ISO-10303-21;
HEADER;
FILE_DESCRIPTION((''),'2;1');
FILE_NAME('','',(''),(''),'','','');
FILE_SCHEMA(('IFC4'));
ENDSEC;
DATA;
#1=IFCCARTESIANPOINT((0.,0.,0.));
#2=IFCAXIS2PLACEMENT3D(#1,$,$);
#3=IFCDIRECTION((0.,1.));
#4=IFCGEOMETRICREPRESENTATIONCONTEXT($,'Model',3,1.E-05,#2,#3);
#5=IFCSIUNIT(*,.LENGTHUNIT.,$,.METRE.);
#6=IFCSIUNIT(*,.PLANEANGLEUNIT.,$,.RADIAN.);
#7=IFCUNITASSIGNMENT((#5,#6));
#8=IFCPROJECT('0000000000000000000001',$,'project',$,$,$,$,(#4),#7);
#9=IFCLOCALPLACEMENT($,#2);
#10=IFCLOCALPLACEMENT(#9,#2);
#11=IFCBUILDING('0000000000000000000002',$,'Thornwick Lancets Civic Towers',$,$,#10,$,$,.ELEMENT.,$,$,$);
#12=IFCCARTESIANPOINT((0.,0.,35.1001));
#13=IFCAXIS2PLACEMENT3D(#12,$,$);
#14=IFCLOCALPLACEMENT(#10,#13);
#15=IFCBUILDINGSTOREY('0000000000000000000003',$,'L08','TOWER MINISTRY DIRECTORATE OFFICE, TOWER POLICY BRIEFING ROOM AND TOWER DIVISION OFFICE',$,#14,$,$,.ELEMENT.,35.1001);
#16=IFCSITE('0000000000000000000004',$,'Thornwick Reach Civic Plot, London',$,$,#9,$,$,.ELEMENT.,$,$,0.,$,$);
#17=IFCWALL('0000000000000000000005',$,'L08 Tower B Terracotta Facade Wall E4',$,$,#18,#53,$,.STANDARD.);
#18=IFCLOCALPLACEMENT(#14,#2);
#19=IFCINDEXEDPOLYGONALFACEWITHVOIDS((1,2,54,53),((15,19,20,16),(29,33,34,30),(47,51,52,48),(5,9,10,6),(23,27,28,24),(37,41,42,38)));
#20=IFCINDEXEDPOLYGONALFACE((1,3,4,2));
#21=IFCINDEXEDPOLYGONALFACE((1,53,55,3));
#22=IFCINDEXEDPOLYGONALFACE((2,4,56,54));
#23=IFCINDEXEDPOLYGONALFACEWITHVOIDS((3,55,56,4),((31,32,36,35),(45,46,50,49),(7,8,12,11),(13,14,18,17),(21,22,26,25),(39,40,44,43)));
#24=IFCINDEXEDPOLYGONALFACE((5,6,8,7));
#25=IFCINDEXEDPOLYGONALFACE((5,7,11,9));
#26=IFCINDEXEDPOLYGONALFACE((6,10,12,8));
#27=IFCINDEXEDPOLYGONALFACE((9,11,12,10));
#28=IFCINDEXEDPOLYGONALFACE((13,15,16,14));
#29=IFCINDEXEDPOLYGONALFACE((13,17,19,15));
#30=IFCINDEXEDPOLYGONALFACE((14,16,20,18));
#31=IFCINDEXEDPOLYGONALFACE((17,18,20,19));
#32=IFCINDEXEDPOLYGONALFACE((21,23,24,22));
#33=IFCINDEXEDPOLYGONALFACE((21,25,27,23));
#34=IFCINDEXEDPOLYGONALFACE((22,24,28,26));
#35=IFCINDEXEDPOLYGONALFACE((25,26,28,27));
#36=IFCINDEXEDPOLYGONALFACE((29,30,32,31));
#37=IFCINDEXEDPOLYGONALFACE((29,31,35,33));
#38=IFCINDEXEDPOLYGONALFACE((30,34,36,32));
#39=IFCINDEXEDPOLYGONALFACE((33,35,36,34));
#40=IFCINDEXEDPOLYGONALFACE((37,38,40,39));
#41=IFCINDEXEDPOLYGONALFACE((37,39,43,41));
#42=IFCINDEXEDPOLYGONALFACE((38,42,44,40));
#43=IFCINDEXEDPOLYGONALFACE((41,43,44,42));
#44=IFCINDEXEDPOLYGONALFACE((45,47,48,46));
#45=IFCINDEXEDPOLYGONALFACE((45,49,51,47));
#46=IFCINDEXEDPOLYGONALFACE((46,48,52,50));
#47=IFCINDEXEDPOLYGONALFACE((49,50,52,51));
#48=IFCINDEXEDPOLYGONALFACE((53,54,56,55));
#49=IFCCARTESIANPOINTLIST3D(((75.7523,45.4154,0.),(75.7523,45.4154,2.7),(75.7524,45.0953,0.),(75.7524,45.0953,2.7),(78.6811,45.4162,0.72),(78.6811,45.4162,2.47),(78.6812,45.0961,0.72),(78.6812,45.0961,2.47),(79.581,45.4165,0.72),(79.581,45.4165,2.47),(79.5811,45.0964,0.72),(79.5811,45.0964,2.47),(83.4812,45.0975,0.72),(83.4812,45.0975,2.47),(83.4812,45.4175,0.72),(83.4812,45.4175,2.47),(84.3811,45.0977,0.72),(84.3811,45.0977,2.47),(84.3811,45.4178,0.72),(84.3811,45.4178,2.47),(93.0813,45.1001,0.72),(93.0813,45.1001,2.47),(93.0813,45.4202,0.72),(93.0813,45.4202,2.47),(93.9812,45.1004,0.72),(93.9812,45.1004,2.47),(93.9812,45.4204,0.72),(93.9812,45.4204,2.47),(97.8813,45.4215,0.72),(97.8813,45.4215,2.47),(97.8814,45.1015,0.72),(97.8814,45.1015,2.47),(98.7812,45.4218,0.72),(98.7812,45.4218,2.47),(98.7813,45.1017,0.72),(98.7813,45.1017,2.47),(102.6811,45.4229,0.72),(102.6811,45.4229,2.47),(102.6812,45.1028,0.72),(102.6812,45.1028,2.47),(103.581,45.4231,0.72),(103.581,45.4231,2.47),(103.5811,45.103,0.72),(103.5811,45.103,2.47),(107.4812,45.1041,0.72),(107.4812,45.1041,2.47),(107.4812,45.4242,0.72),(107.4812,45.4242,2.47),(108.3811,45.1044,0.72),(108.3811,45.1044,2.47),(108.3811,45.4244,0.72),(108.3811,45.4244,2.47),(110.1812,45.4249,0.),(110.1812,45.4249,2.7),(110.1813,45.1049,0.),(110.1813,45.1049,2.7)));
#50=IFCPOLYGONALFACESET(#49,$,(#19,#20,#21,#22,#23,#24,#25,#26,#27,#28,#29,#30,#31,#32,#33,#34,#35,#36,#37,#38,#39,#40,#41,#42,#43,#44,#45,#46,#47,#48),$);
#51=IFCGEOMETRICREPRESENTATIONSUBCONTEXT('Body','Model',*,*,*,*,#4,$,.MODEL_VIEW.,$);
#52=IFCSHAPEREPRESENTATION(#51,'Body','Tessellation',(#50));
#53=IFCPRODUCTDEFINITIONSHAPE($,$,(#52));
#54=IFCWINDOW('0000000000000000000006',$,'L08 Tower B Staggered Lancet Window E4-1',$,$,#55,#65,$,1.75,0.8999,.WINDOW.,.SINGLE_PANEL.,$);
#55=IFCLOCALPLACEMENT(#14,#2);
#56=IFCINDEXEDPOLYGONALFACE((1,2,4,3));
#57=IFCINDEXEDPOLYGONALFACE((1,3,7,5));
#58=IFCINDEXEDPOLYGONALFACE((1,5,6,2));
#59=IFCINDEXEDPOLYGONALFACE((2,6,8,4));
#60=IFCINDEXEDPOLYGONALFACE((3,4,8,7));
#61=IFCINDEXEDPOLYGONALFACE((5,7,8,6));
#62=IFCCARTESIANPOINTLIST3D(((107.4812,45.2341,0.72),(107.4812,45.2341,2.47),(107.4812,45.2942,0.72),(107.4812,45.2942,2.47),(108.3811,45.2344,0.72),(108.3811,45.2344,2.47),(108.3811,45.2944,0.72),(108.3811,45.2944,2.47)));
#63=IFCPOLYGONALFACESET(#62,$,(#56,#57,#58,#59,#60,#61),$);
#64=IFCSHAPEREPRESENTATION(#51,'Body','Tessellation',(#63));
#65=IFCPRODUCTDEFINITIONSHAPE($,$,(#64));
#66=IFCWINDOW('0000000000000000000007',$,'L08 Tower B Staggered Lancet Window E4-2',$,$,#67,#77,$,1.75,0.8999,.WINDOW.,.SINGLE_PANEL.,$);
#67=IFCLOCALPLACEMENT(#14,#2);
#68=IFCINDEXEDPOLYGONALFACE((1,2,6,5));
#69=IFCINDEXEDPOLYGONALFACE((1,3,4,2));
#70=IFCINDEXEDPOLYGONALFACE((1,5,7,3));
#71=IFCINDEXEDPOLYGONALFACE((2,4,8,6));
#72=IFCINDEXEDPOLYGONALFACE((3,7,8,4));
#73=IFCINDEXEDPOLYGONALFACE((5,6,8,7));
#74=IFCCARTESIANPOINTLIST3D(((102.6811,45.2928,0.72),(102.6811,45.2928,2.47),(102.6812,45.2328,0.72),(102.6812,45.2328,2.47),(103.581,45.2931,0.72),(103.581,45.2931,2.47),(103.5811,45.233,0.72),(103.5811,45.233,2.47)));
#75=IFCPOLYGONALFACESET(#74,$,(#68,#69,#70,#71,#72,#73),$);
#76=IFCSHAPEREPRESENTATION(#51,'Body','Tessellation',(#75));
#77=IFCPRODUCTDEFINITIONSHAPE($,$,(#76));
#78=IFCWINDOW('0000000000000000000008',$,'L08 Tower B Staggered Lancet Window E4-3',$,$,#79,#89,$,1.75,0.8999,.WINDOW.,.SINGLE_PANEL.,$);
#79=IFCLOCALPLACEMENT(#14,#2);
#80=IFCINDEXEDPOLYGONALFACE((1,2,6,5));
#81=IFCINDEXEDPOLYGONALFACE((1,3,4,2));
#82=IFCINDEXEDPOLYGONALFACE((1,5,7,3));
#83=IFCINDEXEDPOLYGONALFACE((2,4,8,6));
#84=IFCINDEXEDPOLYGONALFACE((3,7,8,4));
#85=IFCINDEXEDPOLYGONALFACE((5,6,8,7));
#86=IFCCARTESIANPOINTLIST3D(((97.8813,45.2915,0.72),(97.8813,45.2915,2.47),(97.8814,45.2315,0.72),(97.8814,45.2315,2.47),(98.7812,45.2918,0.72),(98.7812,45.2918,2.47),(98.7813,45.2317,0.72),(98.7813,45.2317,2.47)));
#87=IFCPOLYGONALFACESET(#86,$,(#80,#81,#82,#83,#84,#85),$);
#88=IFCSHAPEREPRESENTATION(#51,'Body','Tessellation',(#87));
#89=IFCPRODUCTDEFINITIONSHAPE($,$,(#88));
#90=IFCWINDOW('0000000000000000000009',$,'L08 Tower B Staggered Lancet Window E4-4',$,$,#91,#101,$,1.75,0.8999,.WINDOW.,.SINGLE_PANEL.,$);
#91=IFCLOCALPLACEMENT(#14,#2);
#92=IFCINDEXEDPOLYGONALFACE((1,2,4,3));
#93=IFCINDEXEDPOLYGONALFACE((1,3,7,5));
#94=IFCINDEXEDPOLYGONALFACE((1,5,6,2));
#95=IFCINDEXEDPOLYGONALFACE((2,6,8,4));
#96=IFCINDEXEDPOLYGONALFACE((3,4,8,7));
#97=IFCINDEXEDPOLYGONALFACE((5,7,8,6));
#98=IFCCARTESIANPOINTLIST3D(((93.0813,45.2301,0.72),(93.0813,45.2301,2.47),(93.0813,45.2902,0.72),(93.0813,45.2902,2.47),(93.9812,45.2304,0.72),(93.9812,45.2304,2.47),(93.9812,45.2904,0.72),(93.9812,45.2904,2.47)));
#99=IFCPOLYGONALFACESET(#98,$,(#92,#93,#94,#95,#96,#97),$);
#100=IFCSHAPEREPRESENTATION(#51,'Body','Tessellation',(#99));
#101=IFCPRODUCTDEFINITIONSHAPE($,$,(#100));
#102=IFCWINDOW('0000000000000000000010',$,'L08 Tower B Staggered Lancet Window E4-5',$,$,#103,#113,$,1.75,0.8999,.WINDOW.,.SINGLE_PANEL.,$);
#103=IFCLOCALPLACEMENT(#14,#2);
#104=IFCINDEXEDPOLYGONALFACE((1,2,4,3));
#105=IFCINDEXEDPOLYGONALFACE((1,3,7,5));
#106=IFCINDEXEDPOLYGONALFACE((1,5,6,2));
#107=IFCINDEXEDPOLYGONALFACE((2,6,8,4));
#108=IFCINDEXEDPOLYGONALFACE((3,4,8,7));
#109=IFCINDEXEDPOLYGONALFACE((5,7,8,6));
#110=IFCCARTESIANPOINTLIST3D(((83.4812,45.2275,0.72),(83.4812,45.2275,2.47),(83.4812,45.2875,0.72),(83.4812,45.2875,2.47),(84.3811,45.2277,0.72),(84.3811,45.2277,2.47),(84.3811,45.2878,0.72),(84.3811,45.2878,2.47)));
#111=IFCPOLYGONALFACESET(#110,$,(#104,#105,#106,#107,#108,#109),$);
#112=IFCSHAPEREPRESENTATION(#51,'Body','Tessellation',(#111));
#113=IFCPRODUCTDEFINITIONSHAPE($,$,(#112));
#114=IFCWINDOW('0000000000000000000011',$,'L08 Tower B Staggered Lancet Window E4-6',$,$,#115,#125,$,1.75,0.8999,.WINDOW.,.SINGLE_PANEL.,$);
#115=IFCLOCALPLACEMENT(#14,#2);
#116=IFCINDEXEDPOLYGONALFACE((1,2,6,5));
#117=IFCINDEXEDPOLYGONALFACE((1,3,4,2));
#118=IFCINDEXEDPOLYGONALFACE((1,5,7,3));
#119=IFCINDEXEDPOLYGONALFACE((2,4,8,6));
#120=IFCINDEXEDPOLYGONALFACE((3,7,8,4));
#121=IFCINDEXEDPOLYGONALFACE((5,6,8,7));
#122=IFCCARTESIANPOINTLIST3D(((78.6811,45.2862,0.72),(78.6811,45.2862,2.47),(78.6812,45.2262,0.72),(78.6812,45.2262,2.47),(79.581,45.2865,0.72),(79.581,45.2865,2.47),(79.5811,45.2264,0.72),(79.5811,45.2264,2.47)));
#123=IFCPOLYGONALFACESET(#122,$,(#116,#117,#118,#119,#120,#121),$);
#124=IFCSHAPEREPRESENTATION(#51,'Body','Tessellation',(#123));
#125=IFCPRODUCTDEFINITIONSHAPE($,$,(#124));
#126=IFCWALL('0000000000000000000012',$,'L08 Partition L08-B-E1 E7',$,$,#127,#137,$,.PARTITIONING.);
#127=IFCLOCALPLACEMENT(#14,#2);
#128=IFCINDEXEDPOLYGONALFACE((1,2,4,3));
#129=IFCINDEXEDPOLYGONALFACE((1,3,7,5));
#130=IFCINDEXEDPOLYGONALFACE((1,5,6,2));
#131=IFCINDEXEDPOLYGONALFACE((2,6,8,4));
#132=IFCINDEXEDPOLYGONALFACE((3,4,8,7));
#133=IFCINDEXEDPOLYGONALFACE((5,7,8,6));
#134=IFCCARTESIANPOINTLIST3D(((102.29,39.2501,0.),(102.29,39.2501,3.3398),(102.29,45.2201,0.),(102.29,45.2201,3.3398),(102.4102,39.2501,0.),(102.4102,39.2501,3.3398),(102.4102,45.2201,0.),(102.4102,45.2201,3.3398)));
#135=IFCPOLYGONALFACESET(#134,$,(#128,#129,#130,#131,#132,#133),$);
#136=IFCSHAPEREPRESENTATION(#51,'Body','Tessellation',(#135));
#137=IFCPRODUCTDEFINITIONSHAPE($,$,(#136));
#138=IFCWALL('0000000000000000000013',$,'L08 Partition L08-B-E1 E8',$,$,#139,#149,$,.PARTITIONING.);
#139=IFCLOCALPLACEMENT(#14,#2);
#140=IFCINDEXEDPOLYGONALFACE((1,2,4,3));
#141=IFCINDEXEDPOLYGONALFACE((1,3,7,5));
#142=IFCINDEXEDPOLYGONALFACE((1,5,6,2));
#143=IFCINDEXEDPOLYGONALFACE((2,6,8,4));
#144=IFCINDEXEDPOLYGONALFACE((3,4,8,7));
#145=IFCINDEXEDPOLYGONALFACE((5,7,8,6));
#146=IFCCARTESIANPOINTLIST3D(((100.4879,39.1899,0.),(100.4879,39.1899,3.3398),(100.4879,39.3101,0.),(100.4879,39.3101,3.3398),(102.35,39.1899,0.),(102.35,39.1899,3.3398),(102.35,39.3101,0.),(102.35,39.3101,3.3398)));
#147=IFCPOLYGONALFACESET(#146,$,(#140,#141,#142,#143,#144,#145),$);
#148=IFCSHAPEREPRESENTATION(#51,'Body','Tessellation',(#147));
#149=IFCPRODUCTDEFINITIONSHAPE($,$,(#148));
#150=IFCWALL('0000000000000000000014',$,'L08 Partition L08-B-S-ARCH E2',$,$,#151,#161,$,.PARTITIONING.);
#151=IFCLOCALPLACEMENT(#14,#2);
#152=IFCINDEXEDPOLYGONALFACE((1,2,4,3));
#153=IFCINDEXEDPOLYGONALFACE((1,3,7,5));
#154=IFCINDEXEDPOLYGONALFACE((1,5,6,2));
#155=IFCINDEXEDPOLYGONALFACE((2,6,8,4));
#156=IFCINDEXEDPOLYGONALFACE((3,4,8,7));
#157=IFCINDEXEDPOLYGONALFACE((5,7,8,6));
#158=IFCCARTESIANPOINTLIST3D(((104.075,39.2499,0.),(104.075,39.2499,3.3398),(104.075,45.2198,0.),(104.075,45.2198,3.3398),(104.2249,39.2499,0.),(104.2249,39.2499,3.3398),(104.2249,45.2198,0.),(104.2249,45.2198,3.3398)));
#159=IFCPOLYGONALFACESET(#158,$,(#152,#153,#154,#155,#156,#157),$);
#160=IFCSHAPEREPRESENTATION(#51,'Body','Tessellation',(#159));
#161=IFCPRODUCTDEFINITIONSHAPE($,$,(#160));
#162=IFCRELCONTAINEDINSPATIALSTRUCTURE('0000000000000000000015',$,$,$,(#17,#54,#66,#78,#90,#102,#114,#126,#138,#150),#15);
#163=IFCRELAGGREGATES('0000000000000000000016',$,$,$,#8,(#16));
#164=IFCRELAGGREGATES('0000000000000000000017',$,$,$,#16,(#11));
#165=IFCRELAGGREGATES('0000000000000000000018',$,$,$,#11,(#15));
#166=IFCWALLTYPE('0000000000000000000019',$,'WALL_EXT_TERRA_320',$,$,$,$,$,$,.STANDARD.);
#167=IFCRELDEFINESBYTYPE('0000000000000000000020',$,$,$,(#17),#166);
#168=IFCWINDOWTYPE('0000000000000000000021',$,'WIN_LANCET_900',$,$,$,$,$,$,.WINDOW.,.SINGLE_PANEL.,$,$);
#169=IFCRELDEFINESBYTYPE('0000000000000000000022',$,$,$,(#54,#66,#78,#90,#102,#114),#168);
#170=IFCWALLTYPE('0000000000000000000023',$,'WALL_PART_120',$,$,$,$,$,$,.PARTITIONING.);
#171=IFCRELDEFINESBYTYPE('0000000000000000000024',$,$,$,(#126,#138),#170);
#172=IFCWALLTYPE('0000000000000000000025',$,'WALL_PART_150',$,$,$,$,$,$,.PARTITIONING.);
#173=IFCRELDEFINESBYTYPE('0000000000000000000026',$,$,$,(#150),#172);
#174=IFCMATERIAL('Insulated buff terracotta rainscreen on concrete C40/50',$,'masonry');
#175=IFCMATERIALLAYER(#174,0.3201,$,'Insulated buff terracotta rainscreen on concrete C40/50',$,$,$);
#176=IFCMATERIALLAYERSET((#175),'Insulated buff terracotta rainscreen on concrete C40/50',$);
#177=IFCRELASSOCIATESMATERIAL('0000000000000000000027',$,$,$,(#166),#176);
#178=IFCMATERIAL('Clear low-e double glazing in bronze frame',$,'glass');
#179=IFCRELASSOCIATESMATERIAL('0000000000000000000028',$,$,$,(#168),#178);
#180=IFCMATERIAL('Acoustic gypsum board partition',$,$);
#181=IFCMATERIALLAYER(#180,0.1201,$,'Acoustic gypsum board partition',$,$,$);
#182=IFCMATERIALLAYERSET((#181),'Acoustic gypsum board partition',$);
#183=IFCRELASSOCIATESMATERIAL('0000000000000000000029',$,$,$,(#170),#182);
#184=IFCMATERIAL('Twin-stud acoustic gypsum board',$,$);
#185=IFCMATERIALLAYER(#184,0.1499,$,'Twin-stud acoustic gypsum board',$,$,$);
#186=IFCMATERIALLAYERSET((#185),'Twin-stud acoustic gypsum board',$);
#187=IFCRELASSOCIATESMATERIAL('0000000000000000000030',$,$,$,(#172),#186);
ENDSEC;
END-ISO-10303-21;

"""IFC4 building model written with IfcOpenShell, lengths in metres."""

from ifc_helpers import new_model, si_unit, direction, frame, frame_2d, origin, place, context, subcontext, project, spatial, rectangle, extrude, material, layer, layer_set, type_object, element, fill, save


model = new_model("IFC4")

# Units and contexts
model_context = context("Model", 3, precision=1e-05, world=origin(), true_north=direction((0.0, 1.0)))
body_context = subcontext(model_context, "Body", "Model", "MODEL_VIEW")
ifc_project = project(units=[si_unit("LENGTHUNIT", "METRE"), si_unit("PLANEANGLEUNIT", "RADIAN")], contexts=[model_context])

# Site, building, storey
site_placement = place(None, origin())
site = spatial("IfcSite", under=ifc_project, at=site_placement, Name="Thornwick Reach Civic Plot, London", CompositionType="ELEMENT", RefElevation=0.0)
building_placement = place(site_placement, origin())
building = spatial("IfcBuilding", under=site, at=building_placement, Name="Thornwick Lancets Civic Towers", CompositionType="ELEMENT")
storey_placement = place(building_placement, frame((0.0, 0.0, 35.1001)))
storey = spatial("IfcBuildingStorey", under=building, at=storey_placement, Name="L08", Description="TOWER MINISTRY DIRECTORATE OFFICE, TOWER POLICY BRIEFING ROOM AND TOWER DIVISION OFFICE", CompositionType="ELEMENT", Elevation=35.1001)

# Wall, openings, windows
ifc_material_1 = material(Name="Insulated buff terracotta rainscreen on concrete C40/50", Category="masonry")
ifc_layer_1 = layer(ifc_material_1, 0.3201, Name="Insulated buff terracotta rainscreen on concrete C40/50")
ifc_layer_set_1 = layer_set([ifc_layer_1], Name="Insulated buff terracotta rainscreen on concrete C40/50")
wall_type_1 = type_object("IfcWallType", Name="WALL_EXT_TERRA_320", PredefinedType="STANDARD", material=ifc_layer_set_1)
wall_1_placement = place(storey_placement, frame((110.1812, 45.2649, 0.0), z_axis=(0.0, 0.0, 1.0), x_axis=(-1.0, -0.000277, 0.0)))
wall_1 = element("IfcWall", 1, at=wall_1_placement, inside=storey, type_object=wall_type_1, Name="L08 Tower B Terracotta Facade Wall E4", PredefinedType="STANDARD", context=body_context, shape_type="SweptSolid", body=[
    extrude(rectangle(XDim=34.429, YDim=0.3201, at=frame_2d((17.2144, 0.0))), origin(), (0.0, 0.0, 1.0), 2.7),
])
opening_1_placement = place(wall_1_placement, frame((1.8, 0.0, 0.72)))
opening_1 = element("IfcOpeningElement", 2, at=opening_1_placement, cuts=wall_1, PredefinedType="OPENING", context=body_context, shape_type="SweptSolid", body=[
    extrude(rectangle(XDim=0.8999, YDim=1.75, at=frame_2d((0.45, 0.875))), frame((0.0, 0.1699, 0.0), z_axis=(0.0, -1.0, 0.0), x_axis=(1.0, 0.0, 0.0)), (0.0, 0.0, 1.0), 0.3401),
])
opening_2_placement = place(wall_1_placement, frame((6.6001, 0.0, 0.72)))
opening_2 = element("IfcOpeningElement", 3, at=opening_2_placement, cuts=wall_1, PredefinedType="OPENING", context=body_context, shape_type="SweptSolid", body=[
    extrude(rectangle(XDim=0.8999, YDim=1.75, at=frame_2d((0.45, 0.875))), frame((0.0, 0.1699, 0.0), z_axis=(0.0, -1.0, 0.0), x_axis=(1.0, 0.0, 0.0)), (0.0, 0.0, 1.0), 0.3401),
])
opening_3_placement = place(wall_1_placement, frame((11.3999, 0.0, 0.72)))
opening_3 = element("IfcOpeningElement", 4, at=opening_3_placement, cuts=wall_1, PredefinedType="OPENING", context=body_context, shape_type="SweptSolid", body=[
    extrude(rectangle(XDim=0.8999, YDim=1.75, at=frame_2d((0.45, 0.875))), frame((0.0, 0.1699, 0.0), z_axis=(0.0, -1.0, 0.0), x_axis=(1.0, 0.0, 0.0)), (0.0, 0.0, 1.0), 0.3401),
])
opening_4_placement = place(wall_1_placement, frame((16.2, 0.0, 0.72)))
opening_4 = element("IfcOpeningElement", 5, at=opening_4_placement, cuts=wall_1, PredefinedType="OPENING", context=body_context, shape_type="SweptSolid", body=[
    extrude(rectangle(XDim=0.8999, YDim=1.75, at=frame_2d((0.45, 0.875))), frame((0.0, 0.1699, 0.0), z_axis=(0.0, -1.0, 0.0), x_axis=(1.0, 0.0, 0.0)), (0.0, 0.0, 1.0), 0.3401),
])
opening_5_placement = place(wall_1_placement, frame((25.8, 0.0, 0.72)))
opening_5 = element("IfcOpeningElement", 6, at=opening_5_placement, cuts=wall_1, PredefinedType="OPENING", context=body_context, shape_type="SweptSolid", body=[
    extrude(rectangle(XDim=0.8999, YDim=1.75, at=frame_2d((0.45, 0.875))), frame((0.0, 0.1699, 0.0), z_axis=(0.0, -1.0, 0.0), x_axis=(1.0, 0.0, 0.0)), (0.0, 0.0, 1.0), 0.3401),
])
opening_6_placement = place(wall_1_placement, frame((30.6001, 0.0, 0.72)))
opening_6 = element("IfcOpeningElement", 7, at=opening_6_placement, cuts=wall_1, PredefinedType="OPENING", context=body_context, shape_type="SweptSolid", body=[
    extrude(rectangle(XDim=0.8999, YDim=1.75, at=frame_2d((0.45, 0.875))), frame((0.0, 0.1699, 0.0), z_axis=(0.0, -1.0, 0.0), x_axis=(1.0, 0.0, 0.0)), (0.0, 0.0, 1.0), 0.3401),
])
ifc_material_2 = material(Name="Clear low-e double glazing in bronze frame", Category="glass")
window_type = type_object("IfcWindowType", Name="WIN_LANCET_900", PartitioningType="SINGLE_PANEL", PredefinedType="WINDOW", material=ifc_material_2)
window_1_placement = place(opening_1_placement, origin())
window_1 = element("IfcWindow", 8, at=window_1_placement, inside=storey, type_object=window_type, Name="L08 Tower B Staggered Lancet Window E4-1", OverallHeight=1.75, OverallWidth=0.8999, PartitioningType="SINGLE_PANEL", PredefinedType="WINDOW", context=body_context, shape_type="SweptSolid", body=[
    extrude(rectangle(XDim=0.8999, YDim=1.75, at=frame_2d((0.45, 0.875))), frame((0.0, 0.03, 0.0), z_axis=(0.0, -1.0, 0.0), x_axis=(1.0, 0.0, 0.0)), (0.0, 0.0, 1.0), 0.0601),
])
fill(opening_1, window_1)
window_2_placement = place(opening_2_placement, origin())
window_2 = element("IfcWindow", 9, at=window_2_placement, inside=storey, type_object=window_type, Name="L08 Tower B Staggered Lancet Window E4-2", OverallHeight=1.75, OverallWidth=0.8999, PartitioningType="SINGLE_PANEL", PredefinedType="WINDOW", context=body_context, shape_type="SweptSolid", body=[
    extrude(rectangle(XDim=0.8999, YDim=1.75, at=frame_2d((0.45, 0.875))), frame((0.0, 0.03, 0.0), z_axis=(0.0, -1.0, 0.0), x_axis=(1.0, 0.0, 0.0)), (0.0, 0.0, 1.0), 0.0601),
])
fill(opening_2, window_2)
window_3_placement = place(opening_3_placement, origin())
window_3 = element("IfcWindow", 10, at=window_3_placement, inside=storey, type_object=window_type, Name="L08 Tower B Staggered Lancet Window E4-3", OverallHeight=1.75, OverallWidth=0.8999, PartitioningType="SINGLE_PANEL", PredefinedType="WINDOW", context=body_context, shape_type="SweptSolid", body=[
    extrude(rectangle(XDim=0.8999, YDim=1.75, at=frame_2d((0.45, 0.875))), frame((0.0, 0.03, 0.0), z_axis=(0.0, -1.0, 0.0), x_axis=(1.0, 0.0, 0.0)), (0.0, 0.0, 1.0), 0.0601),
])
fill(opening_3, window_3)
window_4_placement = place(opening_4_placement, origin())
window_4 = element("IfcWindow", 11, at=window_4_placement, inside=storey, type_object=window_type, Name="L08 Tower B Staggered Lancet Window E4-4", OverallHeight=1.75, OverallWidth=0.8999, PartitioningType="SINGLE_PANEL", PredefinedType="WINDOW", context=body_context, shape_type="SweptSolid", body=[
    extrude(rectangle(XDim=0.8999, YDim=1.75, at=frame_2d((0.45, 0.875))), frame((0.0, 0.03, 0.0), z_axis=(0.0, -1.0, 0.0), x_axis=(1.0, 0.0, 0.0)), (0.0, 0.0, 1.0), 0.0601),
])
fill(opening_4, window_4)
window_5_placement = place(opening_5_placement, origin())
window_5 = element("IfcWindow", 12, at=window_5_placement, inside=storey, type_object=window_type, Name="L08 Tower B Staggered Lancet Window E4-5", OverallHeight=1.75, OverallWidth=0.8999, PartitioningType="SINGLE_PANEL", PredefinedType="WINDOW", context=body_context, shape_type="SweptSolid", body=[
    extrude(rectangle(XDim=0.8999, YDim=1.75, at=frame_2d((0.45, 0.875))), frame((0.0, 0.03, 0.0), z_axis=(0.0, -1.0, 0.0), x_axis=(1.0, 0.0, 0.0)), (0.0, 0.0, 1.0), 0.0601),
])
fill(opening_5, window_5)
window_6_placement = place(opening_6_placement, origin())
window_6 = element("IfcWindow", 13, at=window_6_placement, inside=storey, type_object=window_type, Name="L08 Tower B Staggered Lancet Window E4-6", OverallHeight=1.75, OverallWidth=0.8999, PartitioningType="SINGLE_PANEL", PredefinedType="WINDOW", context=body_context, shape_type="SweptSolid", body=[
    extrude(rectangle(XDim=0.8999, YDim=1.75, at=frame_2d((0.45, 0.875))), frame((0.0, 0.03, 0.0), z_axis=(0.0, -1.0, 0.0), x_axis=(1.0, 0.0, 0.0)), (0.0, 0.0, 1.0), 0.0601),
])
fill(opening_6, window_6)

# Walls
ifc_material_3 = material(Name="Acoustic gypsum board partition")
ifc_layer_2 = layer(ifc_material_3, 0.1201, Name="Acoustic gypsum board partition")
ifc_layer_set_2 = layer_set([ifc_layer_2], Name="Acoustic gypsum board partition")
wall_type_2 = type_object("IfcWallType", Name="WALL_PART_120", PredefinedType="PARTITIONING", material=ifc_layer_set_2)
wall_2_placement = place(storey_placement, frame((102.3501, 45.22, 0.0), z_axis=(0.0, 0.0, 1.0), x_axis=(0.0, -1.0, 0.0)))
element("IfcWall", 14, at=wall_2_placement, inside=storey, type_object=wall_type_2, Name="L08 Partition L08-B-E1 E7", PredefinedType="PARTITIONING", context=body_context, shape_type="SweptSolid", body=[
    extrude(rectangle(XDim=5.97, YDim=0.1201, at=frame_2d((2.9849, 0.0))), origin(), (0.0, 0.0, 1.0), 3.3398),
])
wall_3_placement = place(storey_placement, frame((102.3501, 39.25, 0.0), z_axis=(0.0, 0.0, 1.0), x_axis=(-1.0, 0.0, 0.0)))
element("IfcWall", 15, at=wall_3_placement, inside=storey, type_object=wall_type_2, Name="L08 Partition L08-B-E1 E8", PredefinedType="PARTITIONING", context=body_context, shape_type="SweptSolid", body=[
    extrude(rectangle(XDim=1.8621, YDim=0.1201, at=frame_2d((0.9312, 0.0))), origin(), (0.0, 0.0, 1.0), 3.3398),
])
ifc_material_4 = material(Name="Twin-stud acoustic gypsum board")
ifc_layer_3 = layer(ifc_material_4, 0.1499, Name="Twin-stud acoustic gypsum board")
ifc_layer_set_3 = layer_set([ifc_layer_3], Name="Twin-stud acoustic gypsum board")
wall_type_3 = type_object("IfcWallType", Name="WALL_PART_150", PredefinedType="PARTITIONING", material=ifc_layer_set_3)
wall_4_placement = place(storey_placement, frame((104.1499, 39.25, 0.0), z_axis=(0.0, 0.0, 1.0), x_axis=(0.0, 1.0, 0.0)))
element("IfcWall", 16, at=wall_4_placement, inside=storey, type_object=wall_type_3, Name="L08 Partition L08-B-S-ARCH E2", PredefinedType="PARTITIONING", context=body_context, shape_type="SweptSolid", body=[
    extrude(rectangle(XDim=5.97, YDim=0.1499, at=frame_2d((2.9849, 0.0))), origin(), (0.0, 0.0, 1.0), 3.3398),
])

save(model, "model.ifc")
